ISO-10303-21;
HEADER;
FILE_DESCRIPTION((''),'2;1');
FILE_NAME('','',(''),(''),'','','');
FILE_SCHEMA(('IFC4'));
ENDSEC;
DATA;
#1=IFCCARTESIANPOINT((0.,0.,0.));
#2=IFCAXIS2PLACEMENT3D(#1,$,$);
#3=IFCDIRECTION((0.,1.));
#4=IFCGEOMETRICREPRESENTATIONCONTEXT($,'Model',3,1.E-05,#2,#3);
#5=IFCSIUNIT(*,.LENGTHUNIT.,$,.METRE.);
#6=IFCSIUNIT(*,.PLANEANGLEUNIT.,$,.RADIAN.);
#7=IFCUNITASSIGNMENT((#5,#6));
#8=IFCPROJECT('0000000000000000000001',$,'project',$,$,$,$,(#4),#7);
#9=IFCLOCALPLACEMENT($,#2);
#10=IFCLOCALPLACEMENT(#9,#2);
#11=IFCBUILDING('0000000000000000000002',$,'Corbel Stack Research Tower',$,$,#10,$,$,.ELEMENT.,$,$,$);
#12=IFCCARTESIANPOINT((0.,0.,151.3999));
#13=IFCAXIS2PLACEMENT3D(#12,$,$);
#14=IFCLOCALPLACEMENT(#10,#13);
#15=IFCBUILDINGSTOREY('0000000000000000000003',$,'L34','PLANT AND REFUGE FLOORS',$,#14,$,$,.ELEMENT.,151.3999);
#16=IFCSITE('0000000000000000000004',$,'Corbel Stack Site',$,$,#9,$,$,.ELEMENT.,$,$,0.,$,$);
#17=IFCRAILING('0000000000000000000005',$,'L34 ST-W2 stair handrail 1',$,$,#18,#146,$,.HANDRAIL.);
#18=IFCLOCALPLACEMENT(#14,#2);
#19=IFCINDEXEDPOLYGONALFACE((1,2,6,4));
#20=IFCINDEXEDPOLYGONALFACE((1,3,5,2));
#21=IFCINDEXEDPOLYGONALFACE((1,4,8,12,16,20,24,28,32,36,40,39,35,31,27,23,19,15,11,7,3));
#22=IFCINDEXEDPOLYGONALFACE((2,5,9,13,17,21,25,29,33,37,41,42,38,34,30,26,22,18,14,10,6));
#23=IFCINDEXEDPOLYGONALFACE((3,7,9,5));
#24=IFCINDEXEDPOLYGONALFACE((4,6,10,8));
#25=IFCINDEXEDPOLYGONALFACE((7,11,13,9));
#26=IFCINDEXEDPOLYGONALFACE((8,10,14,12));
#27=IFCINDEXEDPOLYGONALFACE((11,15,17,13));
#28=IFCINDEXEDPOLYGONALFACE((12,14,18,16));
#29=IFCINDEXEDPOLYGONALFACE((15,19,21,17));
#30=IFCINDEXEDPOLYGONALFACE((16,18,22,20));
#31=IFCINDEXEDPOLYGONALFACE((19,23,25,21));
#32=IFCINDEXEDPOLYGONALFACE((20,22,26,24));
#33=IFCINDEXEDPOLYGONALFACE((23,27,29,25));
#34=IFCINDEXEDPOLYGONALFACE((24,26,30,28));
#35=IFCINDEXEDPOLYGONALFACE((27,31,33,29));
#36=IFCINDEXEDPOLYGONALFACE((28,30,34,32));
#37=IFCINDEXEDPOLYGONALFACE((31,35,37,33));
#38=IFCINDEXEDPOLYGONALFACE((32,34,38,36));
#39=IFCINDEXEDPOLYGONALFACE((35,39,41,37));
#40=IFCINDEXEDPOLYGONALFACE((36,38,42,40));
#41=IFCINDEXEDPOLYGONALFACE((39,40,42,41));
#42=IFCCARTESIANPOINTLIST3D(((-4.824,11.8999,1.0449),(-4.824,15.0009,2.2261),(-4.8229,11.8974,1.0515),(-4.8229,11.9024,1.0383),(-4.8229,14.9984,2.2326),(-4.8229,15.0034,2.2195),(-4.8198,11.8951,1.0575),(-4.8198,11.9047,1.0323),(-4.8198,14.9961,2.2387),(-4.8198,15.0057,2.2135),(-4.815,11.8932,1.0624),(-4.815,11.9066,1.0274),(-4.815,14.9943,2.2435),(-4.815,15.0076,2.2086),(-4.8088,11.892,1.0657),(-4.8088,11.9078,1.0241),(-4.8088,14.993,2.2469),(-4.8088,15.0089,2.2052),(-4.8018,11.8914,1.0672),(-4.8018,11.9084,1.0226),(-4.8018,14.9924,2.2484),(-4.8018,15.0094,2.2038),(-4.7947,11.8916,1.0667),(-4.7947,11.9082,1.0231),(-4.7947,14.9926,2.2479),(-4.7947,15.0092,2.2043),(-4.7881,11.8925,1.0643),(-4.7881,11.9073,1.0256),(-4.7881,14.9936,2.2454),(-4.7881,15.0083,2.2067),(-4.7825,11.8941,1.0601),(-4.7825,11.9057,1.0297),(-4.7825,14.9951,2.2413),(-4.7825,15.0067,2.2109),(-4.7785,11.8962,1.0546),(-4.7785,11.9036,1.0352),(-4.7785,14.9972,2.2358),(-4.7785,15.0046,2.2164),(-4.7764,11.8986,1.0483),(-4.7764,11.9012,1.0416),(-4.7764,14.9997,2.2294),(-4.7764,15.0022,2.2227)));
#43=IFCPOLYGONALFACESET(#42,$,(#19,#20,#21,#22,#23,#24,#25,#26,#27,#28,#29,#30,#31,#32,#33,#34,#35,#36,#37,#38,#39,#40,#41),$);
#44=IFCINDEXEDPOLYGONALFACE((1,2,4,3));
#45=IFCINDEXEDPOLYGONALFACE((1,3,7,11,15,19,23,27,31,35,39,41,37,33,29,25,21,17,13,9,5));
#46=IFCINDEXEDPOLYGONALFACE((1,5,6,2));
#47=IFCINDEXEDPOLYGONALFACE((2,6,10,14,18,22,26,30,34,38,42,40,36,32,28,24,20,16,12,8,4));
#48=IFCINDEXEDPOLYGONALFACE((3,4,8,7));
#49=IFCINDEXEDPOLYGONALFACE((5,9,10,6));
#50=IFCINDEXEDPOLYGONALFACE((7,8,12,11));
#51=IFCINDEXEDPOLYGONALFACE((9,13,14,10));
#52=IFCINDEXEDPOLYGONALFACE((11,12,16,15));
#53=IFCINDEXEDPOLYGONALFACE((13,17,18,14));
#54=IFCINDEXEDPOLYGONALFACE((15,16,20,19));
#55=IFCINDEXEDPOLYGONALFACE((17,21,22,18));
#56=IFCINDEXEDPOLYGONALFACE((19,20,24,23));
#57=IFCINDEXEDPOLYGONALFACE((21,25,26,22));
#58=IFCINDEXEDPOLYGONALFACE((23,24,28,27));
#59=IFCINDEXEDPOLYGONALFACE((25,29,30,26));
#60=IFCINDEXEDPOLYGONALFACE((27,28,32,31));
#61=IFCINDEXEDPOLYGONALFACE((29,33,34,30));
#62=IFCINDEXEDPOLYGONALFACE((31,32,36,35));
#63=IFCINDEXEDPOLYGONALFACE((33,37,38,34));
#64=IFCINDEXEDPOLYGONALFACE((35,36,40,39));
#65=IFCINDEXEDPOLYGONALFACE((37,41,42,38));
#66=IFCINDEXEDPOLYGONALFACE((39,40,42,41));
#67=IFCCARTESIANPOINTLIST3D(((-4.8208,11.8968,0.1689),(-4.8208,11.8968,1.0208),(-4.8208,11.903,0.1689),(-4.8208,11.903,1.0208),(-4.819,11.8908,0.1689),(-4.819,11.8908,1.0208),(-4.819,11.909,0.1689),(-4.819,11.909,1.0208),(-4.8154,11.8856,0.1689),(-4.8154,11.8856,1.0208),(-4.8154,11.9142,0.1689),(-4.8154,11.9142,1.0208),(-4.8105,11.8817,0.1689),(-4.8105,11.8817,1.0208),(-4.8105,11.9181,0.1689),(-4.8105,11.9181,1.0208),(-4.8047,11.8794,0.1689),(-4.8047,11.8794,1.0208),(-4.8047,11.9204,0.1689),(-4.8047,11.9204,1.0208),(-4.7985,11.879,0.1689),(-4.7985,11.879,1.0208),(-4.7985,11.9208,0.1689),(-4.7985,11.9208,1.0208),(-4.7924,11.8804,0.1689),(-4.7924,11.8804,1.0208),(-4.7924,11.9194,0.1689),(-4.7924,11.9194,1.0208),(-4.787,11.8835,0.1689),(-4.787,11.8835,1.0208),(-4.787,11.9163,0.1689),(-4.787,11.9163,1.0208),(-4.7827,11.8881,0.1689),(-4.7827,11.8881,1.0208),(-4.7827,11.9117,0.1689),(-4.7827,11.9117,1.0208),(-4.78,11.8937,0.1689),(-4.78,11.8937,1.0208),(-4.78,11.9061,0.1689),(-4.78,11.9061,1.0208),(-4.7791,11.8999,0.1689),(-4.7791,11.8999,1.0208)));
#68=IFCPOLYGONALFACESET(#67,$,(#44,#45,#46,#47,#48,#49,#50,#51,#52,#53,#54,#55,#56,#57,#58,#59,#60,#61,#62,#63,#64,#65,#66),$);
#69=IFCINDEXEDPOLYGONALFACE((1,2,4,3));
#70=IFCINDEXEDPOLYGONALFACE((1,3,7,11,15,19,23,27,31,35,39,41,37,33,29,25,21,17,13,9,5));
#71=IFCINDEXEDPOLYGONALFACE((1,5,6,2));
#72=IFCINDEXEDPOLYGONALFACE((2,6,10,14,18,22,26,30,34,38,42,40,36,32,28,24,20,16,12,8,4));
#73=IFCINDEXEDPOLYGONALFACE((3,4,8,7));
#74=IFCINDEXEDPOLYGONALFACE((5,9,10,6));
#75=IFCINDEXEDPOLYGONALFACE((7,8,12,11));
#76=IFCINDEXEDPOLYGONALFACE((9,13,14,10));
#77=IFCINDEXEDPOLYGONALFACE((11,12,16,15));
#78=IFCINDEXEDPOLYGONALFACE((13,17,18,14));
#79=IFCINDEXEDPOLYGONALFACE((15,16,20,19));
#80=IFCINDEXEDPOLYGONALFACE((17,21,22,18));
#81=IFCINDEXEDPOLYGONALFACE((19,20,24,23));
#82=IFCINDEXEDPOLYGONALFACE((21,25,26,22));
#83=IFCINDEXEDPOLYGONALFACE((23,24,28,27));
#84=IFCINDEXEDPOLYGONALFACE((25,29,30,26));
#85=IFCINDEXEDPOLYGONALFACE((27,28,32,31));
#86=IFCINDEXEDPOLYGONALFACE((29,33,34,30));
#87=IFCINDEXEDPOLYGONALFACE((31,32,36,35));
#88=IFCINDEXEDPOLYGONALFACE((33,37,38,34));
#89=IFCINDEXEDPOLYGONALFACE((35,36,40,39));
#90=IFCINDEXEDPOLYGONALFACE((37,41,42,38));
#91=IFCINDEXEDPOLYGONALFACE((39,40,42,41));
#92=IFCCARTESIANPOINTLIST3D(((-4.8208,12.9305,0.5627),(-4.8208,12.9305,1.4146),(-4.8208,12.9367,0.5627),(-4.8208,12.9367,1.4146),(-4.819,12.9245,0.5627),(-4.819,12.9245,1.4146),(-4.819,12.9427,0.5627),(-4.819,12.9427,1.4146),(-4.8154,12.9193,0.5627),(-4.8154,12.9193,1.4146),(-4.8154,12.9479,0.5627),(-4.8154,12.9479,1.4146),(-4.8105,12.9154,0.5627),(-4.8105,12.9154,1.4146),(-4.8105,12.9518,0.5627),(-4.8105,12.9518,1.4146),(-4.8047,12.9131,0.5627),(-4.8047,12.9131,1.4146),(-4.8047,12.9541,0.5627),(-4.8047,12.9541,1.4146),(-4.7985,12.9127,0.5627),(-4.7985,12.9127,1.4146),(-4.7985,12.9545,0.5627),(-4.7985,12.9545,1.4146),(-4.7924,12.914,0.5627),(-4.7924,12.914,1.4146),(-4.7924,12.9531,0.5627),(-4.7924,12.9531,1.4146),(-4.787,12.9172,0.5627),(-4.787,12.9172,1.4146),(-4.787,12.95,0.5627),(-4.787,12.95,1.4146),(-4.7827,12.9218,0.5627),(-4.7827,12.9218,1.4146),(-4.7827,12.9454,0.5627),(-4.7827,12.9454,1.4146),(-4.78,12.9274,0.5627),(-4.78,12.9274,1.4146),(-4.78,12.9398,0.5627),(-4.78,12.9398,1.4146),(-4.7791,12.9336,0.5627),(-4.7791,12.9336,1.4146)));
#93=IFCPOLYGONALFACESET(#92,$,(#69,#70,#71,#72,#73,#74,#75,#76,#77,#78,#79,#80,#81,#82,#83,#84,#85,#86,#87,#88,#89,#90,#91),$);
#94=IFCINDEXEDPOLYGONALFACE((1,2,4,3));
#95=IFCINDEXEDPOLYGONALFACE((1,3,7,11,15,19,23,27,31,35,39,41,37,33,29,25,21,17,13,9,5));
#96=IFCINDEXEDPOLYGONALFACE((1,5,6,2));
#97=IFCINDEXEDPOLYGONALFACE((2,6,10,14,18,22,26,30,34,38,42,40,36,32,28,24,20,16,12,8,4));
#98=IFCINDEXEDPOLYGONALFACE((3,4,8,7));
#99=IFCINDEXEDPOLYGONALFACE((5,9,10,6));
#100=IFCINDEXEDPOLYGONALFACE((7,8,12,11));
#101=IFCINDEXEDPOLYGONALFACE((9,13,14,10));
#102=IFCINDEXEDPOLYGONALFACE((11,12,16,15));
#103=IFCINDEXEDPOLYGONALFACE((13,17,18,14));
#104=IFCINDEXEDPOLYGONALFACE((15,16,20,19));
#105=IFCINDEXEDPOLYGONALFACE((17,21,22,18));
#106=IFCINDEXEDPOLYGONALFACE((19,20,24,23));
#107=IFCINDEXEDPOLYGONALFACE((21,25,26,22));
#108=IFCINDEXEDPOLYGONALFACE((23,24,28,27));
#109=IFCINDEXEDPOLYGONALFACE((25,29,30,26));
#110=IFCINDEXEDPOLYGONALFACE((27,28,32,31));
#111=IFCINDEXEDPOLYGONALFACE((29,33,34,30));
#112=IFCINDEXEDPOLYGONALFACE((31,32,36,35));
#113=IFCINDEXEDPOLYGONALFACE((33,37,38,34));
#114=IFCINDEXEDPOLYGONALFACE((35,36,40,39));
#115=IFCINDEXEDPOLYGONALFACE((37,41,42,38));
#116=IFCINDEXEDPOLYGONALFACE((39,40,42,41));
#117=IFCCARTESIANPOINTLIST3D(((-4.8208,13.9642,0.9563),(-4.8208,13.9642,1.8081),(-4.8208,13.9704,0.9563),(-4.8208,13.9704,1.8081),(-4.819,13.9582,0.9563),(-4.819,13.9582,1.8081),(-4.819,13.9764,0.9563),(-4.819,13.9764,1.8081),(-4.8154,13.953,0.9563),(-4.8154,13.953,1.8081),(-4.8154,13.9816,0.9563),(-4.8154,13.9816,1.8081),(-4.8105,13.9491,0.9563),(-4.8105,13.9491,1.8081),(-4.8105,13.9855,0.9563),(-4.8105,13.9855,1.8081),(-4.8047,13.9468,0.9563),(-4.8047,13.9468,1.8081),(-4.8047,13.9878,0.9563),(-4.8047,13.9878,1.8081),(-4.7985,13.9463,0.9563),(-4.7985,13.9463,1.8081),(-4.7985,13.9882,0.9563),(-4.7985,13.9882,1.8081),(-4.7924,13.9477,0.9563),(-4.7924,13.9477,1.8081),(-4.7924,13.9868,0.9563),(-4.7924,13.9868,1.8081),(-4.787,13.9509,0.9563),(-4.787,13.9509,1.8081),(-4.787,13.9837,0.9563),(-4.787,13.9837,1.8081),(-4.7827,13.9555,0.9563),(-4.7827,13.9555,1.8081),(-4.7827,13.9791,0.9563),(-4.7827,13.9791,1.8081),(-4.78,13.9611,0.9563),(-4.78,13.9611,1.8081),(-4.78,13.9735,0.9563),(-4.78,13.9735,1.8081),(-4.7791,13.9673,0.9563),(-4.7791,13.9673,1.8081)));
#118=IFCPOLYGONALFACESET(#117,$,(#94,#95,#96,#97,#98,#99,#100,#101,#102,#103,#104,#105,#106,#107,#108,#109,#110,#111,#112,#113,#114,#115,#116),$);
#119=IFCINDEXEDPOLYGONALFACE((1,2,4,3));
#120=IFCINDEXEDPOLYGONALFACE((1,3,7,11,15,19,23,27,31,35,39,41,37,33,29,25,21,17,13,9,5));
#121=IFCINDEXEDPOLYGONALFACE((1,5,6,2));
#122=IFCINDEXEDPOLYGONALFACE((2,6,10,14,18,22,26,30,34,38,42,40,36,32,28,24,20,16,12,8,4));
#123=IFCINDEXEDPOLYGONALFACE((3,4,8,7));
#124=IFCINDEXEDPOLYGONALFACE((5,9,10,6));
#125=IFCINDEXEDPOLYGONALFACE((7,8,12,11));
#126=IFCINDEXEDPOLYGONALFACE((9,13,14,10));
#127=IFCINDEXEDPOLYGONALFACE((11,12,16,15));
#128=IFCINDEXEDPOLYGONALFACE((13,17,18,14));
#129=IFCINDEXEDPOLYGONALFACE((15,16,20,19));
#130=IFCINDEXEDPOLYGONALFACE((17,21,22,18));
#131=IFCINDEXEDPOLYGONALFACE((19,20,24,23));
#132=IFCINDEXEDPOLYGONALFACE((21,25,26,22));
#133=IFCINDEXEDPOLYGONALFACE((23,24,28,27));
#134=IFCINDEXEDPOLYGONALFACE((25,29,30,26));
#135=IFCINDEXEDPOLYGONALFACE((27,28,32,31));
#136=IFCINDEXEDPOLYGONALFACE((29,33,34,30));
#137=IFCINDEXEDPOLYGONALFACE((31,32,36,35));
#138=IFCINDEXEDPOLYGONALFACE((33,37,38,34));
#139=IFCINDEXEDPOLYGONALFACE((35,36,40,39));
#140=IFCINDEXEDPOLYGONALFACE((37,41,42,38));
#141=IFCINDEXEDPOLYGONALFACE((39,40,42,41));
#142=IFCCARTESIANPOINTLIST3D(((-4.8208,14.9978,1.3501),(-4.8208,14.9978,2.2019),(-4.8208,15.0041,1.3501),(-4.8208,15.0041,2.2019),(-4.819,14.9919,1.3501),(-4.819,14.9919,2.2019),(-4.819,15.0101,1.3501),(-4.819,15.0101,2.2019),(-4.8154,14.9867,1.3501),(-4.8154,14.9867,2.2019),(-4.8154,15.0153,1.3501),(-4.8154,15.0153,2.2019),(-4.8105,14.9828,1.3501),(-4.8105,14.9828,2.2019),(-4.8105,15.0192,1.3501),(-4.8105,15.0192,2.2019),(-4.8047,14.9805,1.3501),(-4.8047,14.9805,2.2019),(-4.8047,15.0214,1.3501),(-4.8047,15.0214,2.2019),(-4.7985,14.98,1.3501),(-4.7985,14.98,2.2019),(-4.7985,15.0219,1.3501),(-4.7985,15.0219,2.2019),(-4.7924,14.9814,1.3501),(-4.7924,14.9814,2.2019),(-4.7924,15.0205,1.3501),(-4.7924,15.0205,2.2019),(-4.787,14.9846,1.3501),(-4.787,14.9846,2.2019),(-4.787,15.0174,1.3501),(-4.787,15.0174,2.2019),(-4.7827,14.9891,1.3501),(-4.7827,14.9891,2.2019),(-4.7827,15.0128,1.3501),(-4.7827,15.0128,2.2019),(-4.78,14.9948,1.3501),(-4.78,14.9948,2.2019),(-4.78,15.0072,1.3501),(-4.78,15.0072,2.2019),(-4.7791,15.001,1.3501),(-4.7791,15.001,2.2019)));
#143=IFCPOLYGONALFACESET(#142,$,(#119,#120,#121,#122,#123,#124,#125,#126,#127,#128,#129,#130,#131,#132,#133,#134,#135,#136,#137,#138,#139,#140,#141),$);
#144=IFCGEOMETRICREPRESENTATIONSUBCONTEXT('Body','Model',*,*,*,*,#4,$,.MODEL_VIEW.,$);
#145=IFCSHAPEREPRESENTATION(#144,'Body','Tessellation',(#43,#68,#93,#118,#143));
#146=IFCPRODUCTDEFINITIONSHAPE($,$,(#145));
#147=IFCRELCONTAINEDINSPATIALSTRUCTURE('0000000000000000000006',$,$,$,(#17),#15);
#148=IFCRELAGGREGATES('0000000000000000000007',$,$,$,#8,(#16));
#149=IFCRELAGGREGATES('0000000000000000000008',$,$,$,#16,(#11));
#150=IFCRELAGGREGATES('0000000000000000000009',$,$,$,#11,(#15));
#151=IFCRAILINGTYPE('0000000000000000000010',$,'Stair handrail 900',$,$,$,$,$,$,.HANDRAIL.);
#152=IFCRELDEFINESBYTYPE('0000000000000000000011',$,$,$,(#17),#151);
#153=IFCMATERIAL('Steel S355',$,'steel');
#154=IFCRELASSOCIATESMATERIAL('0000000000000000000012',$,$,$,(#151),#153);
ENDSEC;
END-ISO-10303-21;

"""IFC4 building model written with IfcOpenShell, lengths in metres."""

from ifc_helpers import new_model, si_unit, direction, frame, origin, origin_2d, place, context, subcontext, project, spatial, circle, extrude, material, type_object, element, save


model = new_model("IFC4")

# Units and contexts
model_context = context("Model", 3, precision=1e-05, world=origin(), true_north=direction((0.0, 1.0)))
body_context = subcontext(model_context, "Body", "Model", "MODEL_VIEW")
ifc_project = project(units=[si_unit("LENGTHUNIT", "METRE"), si_unit("PLANEANGLEUNIT", "RADIAN")], contexts=[model_context])

# Site, building, storey
site_placement = place(None, origin())
site = spatial("IfcSite", under=ifc_project, at=site_placement, Name="Corbel Stack Site", CompositionType="ELEMENT", RefElevation=0.0)
building_placement = place(site_placement, origin())
building = spatial("IfcBuilding", under=site, at=building_placement, Name="Corbel Stack Research Tower", CompositionType="ELEMENT")
storey_placement = place(building_placement, frame((0.0, 0.0, 151.3999)))
storey = spatial("IfcBuildingStorey", under=building, at=storey_placement, Name="L34", Description="PLANT AND REFUGE FLOORS", CompositionType="ELEMENT", Elevation=151.3999)

# Railing
ifc_material_1 = material(Name="Steel S355", Category="steel")
railing_type_1 = type_object("IfcRailingType", Name="Stair handrail 900", PredefinedType="HANDRAIL", material=ifc_material_1)
for number, where, name in (
    (1, (-4.8, 11.8999, 0.1689), "L34 ST-W2 stair handrail 1"),
):
    element("IfcRailing", number, at=place(storey_placement, frame(where)), inside=storey, type_object=railing_type_1, Name=name, PredefinedType="HANDRAIL", context=body_context, shape_type="SweptSolid", body=[
        extrude(circle(Radius=0.0239, at=origin_2d()), frame((0.0, 0.0, 0.876), z_axis=(0.0, 0.934509, 0.35594), x_axis=(-1.0, 0.0, 0.0)), (0.0, 0.0, 1.0), 3.3184),
        extrude(circle(Radius=0.021, at=origin_2d()), origin(), (0.0, 0.0, 1.0), 0.8518),
        extrude(circle(Radius=0.021, at=origin_2d()), frame((0.0, 1.0337, 0.3938)), (0.0, 0.0, 1.0), 0.8518),
        extrude(circle(Radius=0.021, at=origin_2d()), frame((0.0, 2.0674, 0.7874)), (0.0, 0.0, 1.0), 0.8518),
        extrude(circle(Radius=0.021, at=origin_2d()), frame((0.0, 3.1011, 1.1812)), (0.0, 0.0, 1.0), 0.8518),
    ])

save(model, "model.ifc")
